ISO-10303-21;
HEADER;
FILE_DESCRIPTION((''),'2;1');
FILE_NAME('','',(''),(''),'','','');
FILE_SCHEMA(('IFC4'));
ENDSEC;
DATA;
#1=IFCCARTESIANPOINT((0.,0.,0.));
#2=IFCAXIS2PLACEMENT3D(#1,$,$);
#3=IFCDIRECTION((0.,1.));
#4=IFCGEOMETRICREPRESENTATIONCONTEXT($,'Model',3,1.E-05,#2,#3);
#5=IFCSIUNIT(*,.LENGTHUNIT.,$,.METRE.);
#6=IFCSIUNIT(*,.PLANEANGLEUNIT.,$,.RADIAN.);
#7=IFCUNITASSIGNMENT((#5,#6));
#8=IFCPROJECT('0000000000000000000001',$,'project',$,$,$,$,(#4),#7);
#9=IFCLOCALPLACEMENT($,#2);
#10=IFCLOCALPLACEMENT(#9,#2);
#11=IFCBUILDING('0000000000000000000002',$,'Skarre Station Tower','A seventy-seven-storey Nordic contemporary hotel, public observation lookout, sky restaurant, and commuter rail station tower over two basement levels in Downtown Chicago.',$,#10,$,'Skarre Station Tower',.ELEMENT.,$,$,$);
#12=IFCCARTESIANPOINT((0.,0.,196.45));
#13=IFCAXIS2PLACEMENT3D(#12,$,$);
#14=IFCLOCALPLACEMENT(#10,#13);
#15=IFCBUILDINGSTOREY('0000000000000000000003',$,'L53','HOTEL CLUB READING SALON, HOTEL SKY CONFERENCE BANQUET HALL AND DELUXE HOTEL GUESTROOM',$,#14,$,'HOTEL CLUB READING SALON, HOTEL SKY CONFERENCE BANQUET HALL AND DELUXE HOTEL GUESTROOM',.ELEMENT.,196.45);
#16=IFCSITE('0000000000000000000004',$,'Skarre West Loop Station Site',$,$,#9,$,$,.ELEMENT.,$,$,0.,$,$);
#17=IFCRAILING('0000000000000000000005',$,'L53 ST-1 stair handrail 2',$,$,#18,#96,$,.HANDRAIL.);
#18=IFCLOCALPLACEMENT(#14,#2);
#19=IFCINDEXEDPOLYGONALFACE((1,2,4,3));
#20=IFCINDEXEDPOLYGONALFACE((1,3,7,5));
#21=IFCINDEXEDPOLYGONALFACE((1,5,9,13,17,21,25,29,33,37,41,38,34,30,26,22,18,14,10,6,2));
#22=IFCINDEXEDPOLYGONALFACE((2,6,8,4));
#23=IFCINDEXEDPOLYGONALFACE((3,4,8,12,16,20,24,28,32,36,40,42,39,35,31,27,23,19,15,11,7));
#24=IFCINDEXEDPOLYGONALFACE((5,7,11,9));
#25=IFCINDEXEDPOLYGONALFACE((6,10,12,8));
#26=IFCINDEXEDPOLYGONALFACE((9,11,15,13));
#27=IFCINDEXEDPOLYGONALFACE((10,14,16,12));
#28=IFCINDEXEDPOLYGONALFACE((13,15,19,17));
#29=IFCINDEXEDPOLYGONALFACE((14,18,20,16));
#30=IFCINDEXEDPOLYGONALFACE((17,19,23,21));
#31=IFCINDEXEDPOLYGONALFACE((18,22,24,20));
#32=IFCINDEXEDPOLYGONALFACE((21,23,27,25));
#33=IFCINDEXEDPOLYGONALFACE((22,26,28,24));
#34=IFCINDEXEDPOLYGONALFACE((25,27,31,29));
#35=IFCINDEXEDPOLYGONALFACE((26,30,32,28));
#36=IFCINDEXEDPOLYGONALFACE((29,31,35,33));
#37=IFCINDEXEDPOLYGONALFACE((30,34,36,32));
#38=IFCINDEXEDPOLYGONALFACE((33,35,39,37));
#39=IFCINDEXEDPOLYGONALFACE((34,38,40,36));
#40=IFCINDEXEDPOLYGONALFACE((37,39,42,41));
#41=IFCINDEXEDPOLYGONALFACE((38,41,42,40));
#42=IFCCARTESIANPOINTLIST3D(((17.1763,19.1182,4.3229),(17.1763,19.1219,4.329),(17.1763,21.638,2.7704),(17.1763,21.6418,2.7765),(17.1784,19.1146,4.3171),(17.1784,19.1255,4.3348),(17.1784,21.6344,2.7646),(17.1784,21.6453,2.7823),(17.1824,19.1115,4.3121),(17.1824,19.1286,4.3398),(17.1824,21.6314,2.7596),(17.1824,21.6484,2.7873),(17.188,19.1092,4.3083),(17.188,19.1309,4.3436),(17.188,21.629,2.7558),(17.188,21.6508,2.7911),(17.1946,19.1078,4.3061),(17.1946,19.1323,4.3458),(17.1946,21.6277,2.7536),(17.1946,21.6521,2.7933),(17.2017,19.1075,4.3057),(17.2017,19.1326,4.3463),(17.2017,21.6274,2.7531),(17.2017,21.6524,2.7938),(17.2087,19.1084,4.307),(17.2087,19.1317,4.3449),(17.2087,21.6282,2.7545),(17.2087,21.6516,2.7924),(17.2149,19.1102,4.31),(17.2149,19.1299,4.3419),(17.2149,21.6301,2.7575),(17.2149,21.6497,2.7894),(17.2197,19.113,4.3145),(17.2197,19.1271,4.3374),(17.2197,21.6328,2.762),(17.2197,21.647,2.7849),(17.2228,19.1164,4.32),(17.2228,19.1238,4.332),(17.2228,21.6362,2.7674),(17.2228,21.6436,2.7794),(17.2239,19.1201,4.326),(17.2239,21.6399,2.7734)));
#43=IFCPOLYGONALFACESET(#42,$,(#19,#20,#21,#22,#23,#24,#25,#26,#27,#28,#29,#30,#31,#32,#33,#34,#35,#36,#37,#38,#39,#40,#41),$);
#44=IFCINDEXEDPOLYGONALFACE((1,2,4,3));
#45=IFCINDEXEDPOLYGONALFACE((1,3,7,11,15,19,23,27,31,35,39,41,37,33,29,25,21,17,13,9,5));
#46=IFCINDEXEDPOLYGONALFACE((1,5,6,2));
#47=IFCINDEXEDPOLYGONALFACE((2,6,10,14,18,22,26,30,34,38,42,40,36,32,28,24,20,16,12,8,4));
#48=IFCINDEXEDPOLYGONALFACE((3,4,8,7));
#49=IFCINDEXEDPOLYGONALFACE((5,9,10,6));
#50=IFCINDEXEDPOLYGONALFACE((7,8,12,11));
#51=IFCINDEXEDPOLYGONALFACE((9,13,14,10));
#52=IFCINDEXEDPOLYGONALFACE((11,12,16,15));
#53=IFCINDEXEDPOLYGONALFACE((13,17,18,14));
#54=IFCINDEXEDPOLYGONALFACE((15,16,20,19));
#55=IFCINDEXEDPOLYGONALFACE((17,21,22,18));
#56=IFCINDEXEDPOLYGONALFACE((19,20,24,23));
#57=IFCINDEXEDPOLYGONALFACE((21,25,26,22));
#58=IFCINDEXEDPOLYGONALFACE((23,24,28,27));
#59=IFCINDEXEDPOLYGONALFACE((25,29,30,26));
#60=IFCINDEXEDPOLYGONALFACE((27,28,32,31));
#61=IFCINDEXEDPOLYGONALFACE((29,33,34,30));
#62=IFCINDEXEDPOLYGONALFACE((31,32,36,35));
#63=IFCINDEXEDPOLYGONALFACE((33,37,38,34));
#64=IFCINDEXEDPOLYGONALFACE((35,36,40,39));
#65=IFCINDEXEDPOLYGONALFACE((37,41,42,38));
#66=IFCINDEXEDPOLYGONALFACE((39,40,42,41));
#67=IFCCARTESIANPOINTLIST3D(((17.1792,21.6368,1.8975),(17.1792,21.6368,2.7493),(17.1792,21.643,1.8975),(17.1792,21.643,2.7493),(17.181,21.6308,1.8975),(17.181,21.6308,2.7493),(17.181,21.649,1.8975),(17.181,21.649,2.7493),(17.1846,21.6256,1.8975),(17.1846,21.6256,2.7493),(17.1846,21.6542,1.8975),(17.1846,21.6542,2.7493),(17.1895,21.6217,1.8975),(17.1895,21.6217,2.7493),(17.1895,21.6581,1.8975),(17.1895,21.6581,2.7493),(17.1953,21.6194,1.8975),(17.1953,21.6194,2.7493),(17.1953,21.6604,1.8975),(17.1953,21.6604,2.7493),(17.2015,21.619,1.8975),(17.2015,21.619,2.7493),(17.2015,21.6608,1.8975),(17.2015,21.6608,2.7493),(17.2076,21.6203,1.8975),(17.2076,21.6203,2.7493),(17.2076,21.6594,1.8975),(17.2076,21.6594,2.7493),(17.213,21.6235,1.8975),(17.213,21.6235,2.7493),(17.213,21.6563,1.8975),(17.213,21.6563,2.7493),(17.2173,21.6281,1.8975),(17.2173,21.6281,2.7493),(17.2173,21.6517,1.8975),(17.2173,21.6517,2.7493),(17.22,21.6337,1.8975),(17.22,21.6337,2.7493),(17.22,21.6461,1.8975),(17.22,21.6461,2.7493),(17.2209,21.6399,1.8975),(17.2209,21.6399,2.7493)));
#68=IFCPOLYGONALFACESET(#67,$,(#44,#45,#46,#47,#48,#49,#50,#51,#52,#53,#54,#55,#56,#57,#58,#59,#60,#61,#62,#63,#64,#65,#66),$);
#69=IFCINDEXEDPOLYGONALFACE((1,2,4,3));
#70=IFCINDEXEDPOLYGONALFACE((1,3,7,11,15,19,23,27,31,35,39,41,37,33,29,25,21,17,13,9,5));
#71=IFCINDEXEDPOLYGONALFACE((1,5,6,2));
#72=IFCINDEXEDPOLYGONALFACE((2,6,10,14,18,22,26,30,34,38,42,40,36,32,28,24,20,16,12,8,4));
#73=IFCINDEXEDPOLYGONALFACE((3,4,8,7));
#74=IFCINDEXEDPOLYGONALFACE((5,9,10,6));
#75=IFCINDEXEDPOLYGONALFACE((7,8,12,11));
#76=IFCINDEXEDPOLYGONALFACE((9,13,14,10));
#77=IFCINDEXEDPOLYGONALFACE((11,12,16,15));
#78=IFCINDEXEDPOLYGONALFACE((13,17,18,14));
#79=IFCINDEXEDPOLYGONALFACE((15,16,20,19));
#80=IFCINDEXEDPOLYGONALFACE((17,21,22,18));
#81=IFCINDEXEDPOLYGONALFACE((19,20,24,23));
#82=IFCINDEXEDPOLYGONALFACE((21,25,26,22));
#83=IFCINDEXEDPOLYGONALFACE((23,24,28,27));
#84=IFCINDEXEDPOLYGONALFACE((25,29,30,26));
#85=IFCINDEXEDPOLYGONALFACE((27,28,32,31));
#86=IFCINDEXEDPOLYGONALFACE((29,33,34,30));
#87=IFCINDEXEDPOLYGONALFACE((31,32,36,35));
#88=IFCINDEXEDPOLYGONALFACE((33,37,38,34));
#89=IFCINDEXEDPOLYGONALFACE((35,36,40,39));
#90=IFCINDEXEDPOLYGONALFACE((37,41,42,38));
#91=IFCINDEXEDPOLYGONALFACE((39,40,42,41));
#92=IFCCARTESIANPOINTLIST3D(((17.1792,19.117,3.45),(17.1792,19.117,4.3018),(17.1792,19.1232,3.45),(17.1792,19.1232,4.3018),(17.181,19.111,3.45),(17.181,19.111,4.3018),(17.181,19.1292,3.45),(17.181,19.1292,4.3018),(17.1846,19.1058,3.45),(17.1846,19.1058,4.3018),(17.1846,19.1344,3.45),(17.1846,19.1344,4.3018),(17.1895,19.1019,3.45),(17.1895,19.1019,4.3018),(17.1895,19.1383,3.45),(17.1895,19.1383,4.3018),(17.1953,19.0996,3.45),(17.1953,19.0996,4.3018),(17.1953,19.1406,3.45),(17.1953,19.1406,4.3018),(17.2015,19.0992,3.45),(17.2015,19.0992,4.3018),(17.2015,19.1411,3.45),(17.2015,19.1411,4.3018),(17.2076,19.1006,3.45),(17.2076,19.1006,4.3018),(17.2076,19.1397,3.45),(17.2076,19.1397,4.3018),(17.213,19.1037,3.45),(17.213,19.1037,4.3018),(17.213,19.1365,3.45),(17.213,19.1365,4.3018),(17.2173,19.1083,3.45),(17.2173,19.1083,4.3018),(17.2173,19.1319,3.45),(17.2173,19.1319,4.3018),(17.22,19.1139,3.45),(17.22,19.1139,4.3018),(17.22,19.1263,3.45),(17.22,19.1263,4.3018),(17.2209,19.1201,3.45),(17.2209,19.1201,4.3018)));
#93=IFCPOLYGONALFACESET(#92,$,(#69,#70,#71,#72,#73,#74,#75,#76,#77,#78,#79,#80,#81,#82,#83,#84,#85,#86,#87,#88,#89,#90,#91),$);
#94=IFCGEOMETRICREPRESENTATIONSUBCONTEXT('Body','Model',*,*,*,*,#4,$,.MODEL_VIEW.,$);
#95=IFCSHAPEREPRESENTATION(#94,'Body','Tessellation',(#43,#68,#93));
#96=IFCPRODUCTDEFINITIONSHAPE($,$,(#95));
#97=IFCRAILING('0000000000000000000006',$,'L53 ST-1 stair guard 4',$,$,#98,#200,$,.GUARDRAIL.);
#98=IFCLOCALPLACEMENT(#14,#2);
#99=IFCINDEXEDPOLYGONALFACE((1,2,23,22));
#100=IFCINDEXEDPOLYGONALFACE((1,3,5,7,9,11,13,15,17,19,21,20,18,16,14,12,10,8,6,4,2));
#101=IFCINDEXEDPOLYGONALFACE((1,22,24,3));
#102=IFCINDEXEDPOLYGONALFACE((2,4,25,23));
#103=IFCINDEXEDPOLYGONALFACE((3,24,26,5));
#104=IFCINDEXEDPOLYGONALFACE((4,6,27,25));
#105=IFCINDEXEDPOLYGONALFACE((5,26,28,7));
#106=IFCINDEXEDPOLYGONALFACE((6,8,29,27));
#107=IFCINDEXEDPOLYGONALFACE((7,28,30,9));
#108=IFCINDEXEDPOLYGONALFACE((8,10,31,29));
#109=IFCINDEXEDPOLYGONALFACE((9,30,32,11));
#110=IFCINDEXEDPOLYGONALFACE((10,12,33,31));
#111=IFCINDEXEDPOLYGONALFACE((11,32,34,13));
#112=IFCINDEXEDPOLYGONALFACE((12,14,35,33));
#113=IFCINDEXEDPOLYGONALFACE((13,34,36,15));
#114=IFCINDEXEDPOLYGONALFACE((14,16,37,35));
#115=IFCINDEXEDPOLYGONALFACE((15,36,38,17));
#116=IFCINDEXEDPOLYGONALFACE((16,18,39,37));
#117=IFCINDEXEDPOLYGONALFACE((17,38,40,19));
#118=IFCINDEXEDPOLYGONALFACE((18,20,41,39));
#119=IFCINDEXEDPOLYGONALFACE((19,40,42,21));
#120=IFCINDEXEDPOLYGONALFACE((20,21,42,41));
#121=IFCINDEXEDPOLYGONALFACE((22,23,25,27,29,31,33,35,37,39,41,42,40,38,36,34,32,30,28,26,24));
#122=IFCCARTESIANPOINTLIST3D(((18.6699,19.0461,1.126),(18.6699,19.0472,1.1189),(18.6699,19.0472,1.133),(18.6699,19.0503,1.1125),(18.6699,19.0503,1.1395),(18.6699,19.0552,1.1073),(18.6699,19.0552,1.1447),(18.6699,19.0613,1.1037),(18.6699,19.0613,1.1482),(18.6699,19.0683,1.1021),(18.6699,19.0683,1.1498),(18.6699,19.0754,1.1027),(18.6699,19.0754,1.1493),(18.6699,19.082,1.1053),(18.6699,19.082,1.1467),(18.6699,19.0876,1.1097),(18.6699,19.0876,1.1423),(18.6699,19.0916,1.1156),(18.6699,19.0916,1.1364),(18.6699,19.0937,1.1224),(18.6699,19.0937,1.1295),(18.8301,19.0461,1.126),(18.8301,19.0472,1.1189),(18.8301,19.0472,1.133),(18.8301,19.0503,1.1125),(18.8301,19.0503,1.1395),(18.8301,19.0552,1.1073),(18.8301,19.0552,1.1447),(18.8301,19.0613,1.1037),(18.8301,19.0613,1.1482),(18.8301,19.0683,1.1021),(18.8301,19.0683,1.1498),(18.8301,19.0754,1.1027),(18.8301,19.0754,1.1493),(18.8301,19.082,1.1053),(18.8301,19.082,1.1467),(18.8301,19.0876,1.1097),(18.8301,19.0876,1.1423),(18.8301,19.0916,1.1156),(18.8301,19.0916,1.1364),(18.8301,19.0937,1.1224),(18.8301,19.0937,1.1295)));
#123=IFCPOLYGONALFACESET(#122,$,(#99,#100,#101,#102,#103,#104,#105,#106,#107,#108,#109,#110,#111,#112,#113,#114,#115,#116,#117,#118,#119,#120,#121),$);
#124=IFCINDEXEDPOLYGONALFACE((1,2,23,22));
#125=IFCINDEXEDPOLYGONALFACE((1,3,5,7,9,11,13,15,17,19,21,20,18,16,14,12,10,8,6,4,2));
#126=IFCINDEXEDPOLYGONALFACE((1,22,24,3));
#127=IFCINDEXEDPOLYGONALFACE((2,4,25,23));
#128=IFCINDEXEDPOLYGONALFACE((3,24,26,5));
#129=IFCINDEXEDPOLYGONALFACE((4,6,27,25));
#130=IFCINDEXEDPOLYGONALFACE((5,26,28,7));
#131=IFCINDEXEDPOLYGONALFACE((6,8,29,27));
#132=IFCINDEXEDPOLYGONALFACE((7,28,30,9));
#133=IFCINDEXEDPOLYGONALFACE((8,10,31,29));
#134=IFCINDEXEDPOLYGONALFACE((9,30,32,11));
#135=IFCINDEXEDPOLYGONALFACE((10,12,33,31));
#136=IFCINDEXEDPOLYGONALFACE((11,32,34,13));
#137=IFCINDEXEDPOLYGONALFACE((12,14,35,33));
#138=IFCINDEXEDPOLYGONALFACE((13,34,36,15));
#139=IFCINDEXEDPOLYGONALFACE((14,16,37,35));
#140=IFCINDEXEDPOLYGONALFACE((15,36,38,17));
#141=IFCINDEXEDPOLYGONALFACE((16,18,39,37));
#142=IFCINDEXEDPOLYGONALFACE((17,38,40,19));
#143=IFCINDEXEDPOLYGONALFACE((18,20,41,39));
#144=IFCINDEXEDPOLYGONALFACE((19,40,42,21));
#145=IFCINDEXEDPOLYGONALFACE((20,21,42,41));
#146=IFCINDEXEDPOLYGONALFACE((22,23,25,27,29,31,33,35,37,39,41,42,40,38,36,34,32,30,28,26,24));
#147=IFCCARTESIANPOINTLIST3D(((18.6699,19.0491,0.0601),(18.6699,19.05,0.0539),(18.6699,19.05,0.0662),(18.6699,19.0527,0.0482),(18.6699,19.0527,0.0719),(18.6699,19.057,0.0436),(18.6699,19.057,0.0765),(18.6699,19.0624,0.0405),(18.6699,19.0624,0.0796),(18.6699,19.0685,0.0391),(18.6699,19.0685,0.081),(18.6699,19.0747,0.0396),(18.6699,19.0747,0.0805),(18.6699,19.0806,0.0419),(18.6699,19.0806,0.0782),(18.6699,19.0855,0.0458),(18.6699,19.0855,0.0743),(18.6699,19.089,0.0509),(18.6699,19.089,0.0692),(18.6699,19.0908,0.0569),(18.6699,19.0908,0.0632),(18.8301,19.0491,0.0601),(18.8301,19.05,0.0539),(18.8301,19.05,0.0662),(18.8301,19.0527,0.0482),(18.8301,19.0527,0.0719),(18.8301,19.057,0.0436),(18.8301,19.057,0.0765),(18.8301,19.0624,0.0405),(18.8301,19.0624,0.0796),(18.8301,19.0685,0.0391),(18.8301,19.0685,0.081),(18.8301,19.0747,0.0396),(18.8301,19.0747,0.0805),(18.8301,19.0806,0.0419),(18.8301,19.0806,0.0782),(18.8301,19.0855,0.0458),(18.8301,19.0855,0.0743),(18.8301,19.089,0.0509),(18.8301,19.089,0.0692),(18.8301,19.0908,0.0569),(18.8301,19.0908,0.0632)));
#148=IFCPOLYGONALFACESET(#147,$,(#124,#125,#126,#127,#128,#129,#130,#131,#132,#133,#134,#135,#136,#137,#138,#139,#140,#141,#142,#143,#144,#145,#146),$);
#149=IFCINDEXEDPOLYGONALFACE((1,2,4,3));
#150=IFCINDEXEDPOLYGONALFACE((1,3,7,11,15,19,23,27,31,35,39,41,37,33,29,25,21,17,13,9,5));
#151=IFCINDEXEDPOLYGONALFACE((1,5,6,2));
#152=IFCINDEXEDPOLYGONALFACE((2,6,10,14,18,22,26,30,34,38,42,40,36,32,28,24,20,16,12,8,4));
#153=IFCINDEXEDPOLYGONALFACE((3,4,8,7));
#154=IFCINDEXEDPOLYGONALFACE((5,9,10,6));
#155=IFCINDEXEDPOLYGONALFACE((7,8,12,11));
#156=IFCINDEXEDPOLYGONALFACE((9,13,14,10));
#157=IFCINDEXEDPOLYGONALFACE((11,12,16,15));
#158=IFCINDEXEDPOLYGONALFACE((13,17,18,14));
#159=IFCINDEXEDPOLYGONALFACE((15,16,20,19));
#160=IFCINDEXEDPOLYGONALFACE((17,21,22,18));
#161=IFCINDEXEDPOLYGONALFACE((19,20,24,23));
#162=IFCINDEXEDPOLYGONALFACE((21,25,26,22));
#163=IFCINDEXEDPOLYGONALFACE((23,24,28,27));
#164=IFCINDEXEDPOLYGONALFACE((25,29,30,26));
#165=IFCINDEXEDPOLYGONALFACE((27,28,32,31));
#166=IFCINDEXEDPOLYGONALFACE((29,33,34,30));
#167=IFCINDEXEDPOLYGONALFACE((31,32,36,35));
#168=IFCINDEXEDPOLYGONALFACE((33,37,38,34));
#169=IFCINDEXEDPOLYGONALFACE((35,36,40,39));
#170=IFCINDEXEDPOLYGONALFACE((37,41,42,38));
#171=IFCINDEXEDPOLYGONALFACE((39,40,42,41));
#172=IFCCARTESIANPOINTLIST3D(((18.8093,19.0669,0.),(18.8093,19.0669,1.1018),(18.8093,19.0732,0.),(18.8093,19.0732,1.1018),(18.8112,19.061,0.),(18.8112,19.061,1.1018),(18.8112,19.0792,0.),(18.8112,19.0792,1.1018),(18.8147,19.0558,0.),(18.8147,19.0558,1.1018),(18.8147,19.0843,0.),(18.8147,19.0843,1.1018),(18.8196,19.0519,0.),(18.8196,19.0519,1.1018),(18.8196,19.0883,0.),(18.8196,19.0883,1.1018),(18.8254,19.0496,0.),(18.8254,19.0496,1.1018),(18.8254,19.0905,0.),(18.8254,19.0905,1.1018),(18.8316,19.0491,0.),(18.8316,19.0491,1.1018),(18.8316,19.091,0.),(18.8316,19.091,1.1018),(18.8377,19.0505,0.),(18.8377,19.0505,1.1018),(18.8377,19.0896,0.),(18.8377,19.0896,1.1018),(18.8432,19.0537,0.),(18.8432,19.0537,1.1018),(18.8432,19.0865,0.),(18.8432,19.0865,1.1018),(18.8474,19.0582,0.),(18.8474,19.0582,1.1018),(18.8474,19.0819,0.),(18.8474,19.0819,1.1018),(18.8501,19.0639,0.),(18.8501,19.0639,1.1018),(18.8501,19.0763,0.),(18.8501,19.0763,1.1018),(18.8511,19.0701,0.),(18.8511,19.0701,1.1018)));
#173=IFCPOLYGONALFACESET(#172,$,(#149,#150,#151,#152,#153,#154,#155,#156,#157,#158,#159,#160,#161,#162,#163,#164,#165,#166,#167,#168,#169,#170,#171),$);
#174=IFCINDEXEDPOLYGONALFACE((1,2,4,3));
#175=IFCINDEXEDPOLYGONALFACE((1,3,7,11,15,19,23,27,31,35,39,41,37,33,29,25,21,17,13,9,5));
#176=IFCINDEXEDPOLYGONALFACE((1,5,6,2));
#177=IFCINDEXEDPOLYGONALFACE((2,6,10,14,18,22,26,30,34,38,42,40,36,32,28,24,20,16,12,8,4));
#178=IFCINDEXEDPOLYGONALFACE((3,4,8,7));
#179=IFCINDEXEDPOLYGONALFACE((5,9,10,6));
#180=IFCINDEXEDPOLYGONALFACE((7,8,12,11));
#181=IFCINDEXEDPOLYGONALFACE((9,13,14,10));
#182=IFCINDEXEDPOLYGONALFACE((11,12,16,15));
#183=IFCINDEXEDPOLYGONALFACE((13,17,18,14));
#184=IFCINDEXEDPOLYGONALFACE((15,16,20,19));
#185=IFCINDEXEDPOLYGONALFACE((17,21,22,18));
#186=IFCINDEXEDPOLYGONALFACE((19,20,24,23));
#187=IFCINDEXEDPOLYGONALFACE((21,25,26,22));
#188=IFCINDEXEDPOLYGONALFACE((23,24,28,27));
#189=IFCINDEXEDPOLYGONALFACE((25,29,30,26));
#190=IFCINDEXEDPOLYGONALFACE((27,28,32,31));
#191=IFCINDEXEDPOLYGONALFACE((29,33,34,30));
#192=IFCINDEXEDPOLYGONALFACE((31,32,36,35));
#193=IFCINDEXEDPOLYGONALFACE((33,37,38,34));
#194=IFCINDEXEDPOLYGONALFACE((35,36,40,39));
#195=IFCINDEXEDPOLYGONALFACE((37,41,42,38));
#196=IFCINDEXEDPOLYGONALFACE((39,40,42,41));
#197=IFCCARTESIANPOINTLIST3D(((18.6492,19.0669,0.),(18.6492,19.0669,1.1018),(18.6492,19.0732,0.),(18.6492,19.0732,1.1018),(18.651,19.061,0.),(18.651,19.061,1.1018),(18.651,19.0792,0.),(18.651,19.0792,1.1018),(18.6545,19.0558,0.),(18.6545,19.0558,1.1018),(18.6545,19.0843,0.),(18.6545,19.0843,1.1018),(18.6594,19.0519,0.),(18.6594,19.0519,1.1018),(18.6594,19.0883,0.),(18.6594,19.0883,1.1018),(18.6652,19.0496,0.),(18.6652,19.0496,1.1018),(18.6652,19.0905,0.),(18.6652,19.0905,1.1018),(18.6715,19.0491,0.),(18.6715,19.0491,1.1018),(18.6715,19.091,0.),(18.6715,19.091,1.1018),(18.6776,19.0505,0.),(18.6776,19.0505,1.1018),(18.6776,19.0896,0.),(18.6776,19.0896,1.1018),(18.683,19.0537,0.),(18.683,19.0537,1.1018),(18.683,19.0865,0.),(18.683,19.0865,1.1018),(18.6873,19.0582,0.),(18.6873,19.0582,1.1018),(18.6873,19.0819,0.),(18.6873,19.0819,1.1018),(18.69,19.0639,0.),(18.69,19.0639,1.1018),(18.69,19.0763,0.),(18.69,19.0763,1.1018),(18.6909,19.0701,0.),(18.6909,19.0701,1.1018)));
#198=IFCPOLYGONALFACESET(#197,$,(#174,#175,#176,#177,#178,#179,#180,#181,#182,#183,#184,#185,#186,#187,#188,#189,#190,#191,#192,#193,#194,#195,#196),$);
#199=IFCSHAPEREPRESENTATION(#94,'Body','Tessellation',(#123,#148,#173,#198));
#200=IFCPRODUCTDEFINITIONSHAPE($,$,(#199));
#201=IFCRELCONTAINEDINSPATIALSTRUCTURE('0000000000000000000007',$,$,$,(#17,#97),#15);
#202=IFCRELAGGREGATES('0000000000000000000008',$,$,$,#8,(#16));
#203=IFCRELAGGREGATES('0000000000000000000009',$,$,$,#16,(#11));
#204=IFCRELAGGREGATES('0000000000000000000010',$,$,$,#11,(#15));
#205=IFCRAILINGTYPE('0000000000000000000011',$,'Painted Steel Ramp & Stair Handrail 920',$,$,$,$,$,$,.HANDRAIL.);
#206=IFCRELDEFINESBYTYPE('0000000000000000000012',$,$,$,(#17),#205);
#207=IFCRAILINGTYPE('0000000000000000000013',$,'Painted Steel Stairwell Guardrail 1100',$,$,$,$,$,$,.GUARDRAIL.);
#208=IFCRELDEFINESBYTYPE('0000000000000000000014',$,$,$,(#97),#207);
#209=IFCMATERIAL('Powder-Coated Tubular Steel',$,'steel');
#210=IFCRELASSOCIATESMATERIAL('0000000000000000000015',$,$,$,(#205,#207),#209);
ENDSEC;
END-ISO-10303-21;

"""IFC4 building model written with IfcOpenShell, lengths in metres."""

from ifc_helpers import new_model, si_unit, direction, frame, origin, origin_2d, place, context, subcontext, project, spatial, circle, extrude, material, type_object, element, save


model = new_model("IFC4")

# Units and contexts
model_context = context("Model", 3, precision=1e-05, world=origin(), true_north=direction((0.0, 1.0)))
body_context = subcontext(model_context, "Body", "Model", "MODEL_VIEW")
ifc_project = project(units=[si_unit("LENGTHUNIT", "METRE"), si_unit("PLANEANGLEUNIT", "RADIAN")], contexts=[model_context])

# Site, building, storey
site_placement = place(None, origin())
site = spatial("IfcSite", under=ifc_project, at=site_placement, Name="Skarre West Loop Station Site", CompositionType="ELEMENT", RefElevation=0.0)
building_placement = place(site_placement, origin())
building = spatial("IfcBuilding", under=site, at=building_placement, Name="Skarre Station Tower", Description="A seventy-seven-storey Nordic contemporary hotel, public observation lookout, sky restaurant, and commuter rail station tower over two basement levels in Downtown Chicago.", LongName="Skarre Station Tower", CompositionType="ELEMENT")
storey_placement = place(building_placement, frame((0.0, 0.0, 196.45)))
storey = spatial("IfcBuildingStorey", under=building, at=storey_placement, Name="L53", Description="HOTEL CLUB READING SALON, HOTEL SKY CONFERENCE BANQUET HALL AND DELUXE HOTEL GUESTROOM", LongName="HOTEL CLUB READING SALON, HOTEL SKY CONFERENCE BANQUET HALL AND DELUXE HOTEL GUESTROOM", CompositionType="ELEMENT", Elevation=196.45)

# Railings
ifc_material_1 = material(Name="Powder-Coated Tubular Steel", Category="steel")
railing_type_1 = type_object("IfcRailingType", Name="Painted Steel Ramp & Stair Handrail 920", PredefinedType="HANDRAIL", material=ifc_material_1)
railing_1_placement = place(storey_placement, frame((17.2, 21.6399, 1.8975)))
element("IfcRailing", 1, at=railing_1_placement, inside=storey, type_object=railing_type_1, Name="L53 ST-1 stair handrail 2", PredefinedType="HANDRAIL", context=body_context, shape_type="SweptSolid", body=[
    extrude(circle(Radius=0.0239, at=origin_2d()), frame((0.0, 0.0, 0.876), z_axis=(0.0, -0.851378, 0.524553), x_axis=(1.0, 0.0, 0.0)), (0.0, 0.0, 1.0), 2.9597),
    extrude(circle(Radius=0.021, at=origin_2d()), origin(), (0.0, 0.0, 1.0), 0.8518),
    extrude(circle(Radius=0.021, at=origin_2d()), frame((0.0, -2.5198, 1.5525)), (0.0, 0.0, 1.0), 0.8518),
])
railing_type_2 = type_object("IfcRailingType", Name="Painted Steel Stairwell Guardrail 1100", PredefinedType="GUARDRAIL", material=ifc_material_1)
railing_2_placement = place(storey_placement, frame((18.8301, 19.0701, 0.0)))
element("IfcRailing", 2, at=railing_2_placement, inside=storey, type_object=railing_type_2, Name="L53 ST-1 stair guard 4", PredefinedType="GUARDRAIL", context=body_context, shape_type="SweptSolid", body=[
    extrude(circle(Radius=0.0239, at=origin_2d()), frame((0.0, 0.0, 1.126), z_axis=(-1.0, 0.0, 0.0), x_axis=(0.0, -1.0, 0.0)), (0.0, 0.0, 1.0), 0.1602),
    extrude(circle(Radius=0.021, at=origin_2d()), frame((0.0, 0.0, 0.0601), z_axis=(-1.0, 0.0, 0.0), x_axis=(0.0, -1.0, 0.0)), (0.0, 0.0, 1.0), 0.1602),
    extrude(circle(Radius=0.021, at=origin_2d()), origin(), (0.0, 0.0, 1.0), 1.1018),
    extrude(circle(Radius=0.021, at=origin_2d()), frame((-0.1602, 0.0, 0.0)), (0.0, 0.0, 1.0), 1.1018),
])

save(model, "model.ifc")
